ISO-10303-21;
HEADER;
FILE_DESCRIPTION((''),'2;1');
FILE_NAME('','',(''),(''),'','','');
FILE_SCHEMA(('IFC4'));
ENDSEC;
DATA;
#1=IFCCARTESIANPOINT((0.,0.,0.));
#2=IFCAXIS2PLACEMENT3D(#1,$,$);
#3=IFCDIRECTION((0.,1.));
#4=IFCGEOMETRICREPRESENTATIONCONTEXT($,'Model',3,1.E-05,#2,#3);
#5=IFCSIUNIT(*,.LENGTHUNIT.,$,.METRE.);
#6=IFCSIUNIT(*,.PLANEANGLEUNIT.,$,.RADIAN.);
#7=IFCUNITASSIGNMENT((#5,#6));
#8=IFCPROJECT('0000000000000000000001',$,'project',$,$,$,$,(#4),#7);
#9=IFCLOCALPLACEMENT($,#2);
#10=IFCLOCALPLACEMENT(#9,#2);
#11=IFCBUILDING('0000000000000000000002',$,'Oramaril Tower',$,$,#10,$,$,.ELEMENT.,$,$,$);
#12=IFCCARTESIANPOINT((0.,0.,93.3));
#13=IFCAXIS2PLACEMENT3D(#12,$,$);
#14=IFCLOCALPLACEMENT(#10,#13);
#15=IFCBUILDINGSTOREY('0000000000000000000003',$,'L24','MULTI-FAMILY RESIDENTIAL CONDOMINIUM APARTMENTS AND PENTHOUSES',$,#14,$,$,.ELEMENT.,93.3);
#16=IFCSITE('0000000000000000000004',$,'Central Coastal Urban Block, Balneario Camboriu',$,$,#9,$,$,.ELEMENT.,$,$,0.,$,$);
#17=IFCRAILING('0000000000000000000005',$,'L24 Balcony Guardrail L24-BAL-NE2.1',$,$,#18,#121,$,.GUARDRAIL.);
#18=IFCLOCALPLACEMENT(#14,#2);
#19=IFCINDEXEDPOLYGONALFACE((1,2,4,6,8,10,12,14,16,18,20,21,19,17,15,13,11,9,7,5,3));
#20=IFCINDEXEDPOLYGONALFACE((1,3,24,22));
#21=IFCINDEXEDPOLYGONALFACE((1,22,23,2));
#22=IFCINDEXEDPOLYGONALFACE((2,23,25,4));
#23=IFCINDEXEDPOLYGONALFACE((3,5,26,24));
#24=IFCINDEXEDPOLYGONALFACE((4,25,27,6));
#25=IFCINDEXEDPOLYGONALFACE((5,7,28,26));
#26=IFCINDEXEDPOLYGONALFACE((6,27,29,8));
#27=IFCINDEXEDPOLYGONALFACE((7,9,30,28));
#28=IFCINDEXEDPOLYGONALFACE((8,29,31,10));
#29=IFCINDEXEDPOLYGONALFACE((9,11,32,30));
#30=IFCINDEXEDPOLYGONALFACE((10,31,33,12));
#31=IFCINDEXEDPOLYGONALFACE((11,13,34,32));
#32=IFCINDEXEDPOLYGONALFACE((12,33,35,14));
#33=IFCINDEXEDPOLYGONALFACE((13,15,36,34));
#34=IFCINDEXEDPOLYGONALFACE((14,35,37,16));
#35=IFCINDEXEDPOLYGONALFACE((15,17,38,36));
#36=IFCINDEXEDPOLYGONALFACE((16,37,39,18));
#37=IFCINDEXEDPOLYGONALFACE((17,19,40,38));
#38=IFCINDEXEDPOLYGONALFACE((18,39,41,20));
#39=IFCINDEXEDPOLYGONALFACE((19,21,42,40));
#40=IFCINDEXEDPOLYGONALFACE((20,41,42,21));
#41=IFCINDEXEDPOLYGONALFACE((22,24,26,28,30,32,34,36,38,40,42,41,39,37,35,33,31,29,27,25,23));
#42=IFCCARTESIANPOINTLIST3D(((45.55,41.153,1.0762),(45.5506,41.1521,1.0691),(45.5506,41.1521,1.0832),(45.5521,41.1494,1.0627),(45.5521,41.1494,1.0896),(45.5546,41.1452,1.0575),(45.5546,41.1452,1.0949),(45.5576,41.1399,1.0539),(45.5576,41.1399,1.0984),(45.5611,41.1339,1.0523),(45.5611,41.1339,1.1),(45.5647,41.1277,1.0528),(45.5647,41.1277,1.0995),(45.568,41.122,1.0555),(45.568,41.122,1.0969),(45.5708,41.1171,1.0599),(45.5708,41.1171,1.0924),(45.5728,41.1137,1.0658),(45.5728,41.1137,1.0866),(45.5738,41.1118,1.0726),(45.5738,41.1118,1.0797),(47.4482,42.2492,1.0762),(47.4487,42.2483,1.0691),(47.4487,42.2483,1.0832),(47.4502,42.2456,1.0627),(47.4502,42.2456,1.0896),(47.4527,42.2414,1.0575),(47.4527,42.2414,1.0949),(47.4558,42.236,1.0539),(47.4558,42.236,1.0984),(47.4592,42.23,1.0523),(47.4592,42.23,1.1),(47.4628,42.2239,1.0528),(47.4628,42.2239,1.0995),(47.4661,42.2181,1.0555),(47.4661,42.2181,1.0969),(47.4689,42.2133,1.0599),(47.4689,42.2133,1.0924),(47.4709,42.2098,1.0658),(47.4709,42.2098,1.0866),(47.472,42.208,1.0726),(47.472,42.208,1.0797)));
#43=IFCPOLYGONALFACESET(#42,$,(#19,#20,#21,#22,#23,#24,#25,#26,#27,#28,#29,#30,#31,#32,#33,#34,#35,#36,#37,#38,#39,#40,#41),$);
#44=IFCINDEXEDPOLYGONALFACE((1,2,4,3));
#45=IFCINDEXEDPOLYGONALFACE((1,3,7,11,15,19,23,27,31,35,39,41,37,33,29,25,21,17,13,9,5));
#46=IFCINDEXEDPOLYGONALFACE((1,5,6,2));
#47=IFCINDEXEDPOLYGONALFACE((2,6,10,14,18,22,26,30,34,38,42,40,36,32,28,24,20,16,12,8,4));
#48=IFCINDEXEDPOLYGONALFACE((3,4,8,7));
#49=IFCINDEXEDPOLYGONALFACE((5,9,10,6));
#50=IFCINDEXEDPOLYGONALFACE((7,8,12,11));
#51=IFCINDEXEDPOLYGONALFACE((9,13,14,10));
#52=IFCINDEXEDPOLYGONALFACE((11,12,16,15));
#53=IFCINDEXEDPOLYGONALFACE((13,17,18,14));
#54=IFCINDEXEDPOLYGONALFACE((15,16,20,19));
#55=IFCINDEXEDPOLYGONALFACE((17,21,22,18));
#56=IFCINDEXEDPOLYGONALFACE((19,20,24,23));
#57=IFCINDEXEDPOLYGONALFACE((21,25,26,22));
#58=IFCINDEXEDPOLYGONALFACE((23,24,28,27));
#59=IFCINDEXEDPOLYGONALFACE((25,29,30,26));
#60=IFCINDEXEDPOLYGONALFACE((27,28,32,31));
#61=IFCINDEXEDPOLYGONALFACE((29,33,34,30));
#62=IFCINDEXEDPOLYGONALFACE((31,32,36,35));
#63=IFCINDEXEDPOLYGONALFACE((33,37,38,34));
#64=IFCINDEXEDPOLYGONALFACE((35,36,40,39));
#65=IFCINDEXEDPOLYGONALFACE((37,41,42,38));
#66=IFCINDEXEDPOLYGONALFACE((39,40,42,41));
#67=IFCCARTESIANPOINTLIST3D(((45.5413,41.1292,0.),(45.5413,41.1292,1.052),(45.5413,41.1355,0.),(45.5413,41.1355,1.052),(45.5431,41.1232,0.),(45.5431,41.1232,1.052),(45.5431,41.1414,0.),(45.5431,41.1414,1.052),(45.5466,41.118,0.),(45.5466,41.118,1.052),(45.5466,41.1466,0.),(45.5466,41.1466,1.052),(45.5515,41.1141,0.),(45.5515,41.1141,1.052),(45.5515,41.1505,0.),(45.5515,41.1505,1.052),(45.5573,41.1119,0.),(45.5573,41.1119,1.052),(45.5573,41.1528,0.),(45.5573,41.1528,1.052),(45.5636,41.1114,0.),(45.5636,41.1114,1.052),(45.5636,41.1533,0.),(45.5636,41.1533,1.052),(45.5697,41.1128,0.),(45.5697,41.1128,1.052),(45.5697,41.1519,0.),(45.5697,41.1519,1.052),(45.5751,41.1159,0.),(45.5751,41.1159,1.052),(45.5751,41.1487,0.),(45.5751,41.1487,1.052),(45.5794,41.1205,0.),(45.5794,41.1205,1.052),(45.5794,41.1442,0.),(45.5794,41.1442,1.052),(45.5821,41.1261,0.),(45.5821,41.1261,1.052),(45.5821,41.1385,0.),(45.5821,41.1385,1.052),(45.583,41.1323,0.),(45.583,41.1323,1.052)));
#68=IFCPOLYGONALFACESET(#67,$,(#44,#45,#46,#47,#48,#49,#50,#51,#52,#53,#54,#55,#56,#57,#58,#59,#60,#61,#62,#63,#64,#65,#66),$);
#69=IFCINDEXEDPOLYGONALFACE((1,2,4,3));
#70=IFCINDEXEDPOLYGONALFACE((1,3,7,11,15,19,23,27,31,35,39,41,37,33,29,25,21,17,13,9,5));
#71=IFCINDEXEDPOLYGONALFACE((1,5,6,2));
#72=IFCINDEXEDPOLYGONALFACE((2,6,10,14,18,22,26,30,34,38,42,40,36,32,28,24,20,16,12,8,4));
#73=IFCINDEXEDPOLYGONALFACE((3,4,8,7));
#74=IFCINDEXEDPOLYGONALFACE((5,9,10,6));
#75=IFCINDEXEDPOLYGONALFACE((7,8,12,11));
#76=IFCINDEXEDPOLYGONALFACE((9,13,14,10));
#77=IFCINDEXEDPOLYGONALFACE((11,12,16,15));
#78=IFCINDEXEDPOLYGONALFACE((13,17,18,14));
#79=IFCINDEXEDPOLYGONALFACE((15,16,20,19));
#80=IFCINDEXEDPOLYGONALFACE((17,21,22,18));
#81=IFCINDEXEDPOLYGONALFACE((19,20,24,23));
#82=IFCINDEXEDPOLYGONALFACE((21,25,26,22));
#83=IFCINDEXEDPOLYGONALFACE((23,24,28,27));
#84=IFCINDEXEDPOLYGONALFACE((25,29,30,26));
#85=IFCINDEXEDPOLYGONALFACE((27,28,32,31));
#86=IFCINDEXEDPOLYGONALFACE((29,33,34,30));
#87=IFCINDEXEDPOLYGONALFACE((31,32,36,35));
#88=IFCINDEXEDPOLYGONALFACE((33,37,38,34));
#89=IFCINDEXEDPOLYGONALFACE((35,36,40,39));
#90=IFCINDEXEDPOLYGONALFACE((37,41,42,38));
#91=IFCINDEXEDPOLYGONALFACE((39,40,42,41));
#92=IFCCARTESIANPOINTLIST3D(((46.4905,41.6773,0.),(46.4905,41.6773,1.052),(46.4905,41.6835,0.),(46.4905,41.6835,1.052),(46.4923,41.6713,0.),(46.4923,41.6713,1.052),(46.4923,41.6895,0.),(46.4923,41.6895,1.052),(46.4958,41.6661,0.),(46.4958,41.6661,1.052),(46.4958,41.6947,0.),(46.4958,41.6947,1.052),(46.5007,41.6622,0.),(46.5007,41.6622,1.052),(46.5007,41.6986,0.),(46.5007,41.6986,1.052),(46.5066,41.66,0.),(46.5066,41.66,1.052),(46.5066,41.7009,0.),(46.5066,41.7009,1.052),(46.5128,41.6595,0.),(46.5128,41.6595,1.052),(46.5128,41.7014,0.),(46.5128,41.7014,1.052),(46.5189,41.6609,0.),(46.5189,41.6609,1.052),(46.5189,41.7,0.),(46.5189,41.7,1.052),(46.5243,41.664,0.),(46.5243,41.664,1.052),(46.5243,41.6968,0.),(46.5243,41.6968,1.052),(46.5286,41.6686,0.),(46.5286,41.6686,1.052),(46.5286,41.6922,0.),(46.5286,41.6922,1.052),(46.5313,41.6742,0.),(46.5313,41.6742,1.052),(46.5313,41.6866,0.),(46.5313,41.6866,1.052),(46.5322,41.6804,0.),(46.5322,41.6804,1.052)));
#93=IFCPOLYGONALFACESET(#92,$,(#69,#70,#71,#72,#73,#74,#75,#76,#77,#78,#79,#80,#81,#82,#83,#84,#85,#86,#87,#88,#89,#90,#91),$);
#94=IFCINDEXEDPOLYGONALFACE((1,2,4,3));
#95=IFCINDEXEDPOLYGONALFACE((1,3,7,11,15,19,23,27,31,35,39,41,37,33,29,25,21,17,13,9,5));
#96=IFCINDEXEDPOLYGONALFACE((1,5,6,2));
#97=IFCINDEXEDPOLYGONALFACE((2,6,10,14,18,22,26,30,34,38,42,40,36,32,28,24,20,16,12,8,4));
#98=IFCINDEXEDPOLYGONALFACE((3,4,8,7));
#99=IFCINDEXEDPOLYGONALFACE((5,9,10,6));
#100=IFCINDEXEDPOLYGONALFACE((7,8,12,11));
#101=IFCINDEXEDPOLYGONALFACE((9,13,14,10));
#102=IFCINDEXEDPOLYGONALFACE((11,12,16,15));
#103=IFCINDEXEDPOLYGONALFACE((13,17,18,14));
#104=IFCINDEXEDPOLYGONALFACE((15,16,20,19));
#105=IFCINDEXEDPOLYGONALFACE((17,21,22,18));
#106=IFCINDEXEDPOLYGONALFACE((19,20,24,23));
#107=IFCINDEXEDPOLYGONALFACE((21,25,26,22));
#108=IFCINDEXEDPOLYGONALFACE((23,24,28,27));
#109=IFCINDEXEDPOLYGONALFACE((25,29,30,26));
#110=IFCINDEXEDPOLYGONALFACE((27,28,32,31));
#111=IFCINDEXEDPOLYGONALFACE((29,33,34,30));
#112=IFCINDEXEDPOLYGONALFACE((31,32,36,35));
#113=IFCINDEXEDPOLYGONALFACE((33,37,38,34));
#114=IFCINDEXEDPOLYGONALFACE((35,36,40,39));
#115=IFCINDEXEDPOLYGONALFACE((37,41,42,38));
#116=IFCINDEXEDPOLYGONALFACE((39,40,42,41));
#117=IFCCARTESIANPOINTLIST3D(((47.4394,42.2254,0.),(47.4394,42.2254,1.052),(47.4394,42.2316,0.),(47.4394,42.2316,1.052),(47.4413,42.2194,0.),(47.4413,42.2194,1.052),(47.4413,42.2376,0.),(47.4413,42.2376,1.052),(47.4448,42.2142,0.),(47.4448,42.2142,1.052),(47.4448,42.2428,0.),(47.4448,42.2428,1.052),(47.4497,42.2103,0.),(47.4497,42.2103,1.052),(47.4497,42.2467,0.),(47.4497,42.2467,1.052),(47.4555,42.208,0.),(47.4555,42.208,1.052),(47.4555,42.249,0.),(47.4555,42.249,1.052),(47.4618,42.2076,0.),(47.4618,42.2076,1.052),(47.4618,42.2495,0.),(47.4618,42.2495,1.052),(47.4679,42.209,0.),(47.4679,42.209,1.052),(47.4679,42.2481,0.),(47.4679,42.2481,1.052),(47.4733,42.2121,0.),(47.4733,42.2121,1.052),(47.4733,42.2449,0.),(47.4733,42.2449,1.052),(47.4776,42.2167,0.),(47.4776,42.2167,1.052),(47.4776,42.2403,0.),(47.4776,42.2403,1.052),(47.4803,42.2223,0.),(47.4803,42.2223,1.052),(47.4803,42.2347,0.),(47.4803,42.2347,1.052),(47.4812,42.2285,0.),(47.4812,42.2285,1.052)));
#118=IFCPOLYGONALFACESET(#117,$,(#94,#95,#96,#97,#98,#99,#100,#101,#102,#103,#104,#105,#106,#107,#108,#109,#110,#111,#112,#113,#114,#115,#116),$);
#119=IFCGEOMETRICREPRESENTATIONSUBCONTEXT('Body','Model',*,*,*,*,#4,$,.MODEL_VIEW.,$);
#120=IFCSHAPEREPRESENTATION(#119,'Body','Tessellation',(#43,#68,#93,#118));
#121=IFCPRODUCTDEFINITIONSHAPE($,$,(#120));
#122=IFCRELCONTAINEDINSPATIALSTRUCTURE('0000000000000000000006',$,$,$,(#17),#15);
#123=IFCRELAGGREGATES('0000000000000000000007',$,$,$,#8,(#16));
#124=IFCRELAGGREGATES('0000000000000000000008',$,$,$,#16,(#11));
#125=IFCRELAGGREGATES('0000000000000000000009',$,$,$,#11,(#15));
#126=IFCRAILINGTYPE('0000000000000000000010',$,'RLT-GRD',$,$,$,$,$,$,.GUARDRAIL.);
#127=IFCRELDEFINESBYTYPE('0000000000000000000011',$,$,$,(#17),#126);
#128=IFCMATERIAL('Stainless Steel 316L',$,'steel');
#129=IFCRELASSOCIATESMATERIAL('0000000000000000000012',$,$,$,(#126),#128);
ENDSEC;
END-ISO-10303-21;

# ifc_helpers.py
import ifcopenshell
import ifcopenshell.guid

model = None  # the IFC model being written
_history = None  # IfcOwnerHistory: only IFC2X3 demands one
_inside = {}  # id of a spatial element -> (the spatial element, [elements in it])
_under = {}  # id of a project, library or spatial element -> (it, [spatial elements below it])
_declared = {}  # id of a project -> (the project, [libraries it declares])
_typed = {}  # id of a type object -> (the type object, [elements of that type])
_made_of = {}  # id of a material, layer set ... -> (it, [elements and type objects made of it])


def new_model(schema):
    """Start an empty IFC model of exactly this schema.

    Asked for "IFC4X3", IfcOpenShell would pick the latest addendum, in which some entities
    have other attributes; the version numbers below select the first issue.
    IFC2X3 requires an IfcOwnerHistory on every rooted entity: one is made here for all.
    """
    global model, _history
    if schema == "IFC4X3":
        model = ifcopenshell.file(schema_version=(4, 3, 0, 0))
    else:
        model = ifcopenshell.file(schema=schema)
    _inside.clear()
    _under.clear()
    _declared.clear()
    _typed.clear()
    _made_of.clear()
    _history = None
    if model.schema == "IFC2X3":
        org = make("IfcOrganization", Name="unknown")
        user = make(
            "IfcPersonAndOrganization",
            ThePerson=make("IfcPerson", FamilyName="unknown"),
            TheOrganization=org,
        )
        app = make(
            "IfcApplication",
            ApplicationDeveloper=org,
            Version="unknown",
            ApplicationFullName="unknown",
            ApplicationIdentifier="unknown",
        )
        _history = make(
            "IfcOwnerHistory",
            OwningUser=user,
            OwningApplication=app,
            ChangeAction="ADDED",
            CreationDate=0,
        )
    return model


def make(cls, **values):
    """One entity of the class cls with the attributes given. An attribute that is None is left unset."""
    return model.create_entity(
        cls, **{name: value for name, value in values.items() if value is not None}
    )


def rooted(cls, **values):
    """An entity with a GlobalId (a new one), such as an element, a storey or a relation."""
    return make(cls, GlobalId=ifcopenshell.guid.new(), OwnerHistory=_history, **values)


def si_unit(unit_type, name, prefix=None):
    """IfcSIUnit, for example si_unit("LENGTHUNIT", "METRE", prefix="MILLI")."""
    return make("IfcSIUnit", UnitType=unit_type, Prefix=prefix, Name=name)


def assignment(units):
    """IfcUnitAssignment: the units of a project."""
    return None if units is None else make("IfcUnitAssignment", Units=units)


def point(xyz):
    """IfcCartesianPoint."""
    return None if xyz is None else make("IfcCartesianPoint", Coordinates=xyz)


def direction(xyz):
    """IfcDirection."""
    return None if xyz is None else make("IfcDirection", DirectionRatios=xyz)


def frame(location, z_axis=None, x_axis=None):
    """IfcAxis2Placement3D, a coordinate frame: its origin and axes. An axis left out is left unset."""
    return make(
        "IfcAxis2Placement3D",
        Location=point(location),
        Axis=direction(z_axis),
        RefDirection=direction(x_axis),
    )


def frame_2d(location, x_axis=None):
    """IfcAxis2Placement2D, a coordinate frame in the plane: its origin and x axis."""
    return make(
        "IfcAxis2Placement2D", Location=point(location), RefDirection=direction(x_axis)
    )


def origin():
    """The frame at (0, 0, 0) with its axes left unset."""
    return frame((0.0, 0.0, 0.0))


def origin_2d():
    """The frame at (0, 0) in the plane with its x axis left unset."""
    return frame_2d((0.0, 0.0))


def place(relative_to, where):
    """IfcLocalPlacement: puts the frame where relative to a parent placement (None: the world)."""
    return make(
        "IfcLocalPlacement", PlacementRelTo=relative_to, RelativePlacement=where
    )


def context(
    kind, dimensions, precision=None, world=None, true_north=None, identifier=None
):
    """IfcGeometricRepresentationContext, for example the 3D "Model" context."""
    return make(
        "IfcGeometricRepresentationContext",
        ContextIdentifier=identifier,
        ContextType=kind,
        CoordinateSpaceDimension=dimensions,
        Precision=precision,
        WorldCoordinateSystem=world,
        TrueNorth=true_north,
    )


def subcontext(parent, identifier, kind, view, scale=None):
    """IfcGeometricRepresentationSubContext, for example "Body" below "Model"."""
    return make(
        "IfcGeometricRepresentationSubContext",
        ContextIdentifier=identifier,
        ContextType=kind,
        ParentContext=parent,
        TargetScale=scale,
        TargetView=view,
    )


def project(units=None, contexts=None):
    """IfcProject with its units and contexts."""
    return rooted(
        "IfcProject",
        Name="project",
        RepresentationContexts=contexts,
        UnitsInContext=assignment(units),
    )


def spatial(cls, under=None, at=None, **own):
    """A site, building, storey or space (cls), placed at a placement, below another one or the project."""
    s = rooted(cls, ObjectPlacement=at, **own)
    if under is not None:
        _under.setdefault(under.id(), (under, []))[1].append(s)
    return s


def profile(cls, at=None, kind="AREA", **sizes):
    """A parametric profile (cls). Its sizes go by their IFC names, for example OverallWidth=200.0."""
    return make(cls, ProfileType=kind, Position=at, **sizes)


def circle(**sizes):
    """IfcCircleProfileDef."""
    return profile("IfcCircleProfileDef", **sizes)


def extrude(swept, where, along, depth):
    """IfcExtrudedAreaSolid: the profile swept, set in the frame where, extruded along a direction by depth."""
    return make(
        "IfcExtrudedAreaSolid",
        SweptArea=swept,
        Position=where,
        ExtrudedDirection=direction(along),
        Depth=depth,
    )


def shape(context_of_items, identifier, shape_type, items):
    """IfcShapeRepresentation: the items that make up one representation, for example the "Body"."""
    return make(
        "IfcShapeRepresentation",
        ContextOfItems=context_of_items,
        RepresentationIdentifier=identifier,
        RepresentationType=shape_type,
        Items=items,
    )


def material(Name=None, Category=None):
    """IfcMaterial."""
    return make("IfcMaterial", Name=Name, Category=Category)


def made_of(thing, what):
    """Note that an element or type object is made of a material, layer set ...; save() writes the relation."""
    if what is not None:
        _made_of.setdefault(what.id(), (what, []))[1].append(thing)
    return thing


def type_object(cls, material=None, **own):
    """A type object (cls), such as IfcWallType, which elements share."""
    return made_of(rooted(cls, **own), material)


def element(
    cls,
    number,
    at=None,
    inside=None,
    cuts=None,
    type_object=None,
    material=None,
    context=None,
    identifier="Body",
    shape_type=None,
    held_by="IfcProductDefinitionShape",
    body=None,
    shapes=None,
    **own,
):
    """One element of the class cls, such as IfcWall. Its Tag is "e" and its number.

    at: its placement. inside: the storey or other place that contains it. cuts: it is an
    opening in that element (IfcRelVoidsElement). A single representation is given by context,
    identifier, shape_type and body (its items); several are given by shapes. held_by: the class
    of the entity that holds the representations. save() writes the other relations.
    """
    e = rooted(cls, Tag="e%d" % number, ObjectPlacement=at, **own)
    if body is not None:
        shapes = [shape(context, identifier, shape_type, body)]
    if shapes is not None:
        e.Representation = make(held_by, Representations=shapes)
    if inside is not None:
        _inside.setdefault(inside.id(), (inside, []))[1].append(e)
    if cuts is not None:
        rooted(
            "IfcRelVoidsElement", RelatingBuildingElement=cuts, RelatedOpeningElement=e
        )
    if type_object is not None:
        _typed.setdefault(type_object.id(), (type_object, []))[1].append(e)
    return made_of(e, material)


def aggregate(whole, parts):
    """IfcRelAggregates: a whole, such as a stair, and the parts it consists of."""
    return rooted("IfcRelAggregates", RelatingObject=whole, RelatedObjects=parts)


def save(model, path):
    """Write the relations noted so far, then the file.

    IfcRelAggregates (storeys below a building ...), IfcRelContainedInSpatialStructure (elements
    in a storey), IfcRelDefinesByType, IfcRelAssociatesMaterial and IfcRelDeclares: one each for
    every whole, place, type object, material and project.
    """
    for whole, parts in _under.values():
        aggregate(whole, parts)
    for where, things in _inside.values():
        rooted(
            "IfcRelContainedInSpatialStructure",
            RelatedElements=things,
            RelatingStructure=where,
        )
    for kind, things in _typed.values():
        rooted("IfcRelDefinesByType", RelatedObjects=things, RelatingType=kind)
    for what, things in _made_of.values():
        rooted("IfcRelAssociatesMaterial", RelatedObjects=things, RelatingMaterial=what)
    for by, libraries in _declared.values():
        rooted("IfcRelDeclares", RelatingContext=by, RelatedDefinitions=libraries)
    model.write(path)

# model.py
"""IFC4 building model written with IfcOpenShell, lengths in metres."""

from ifc_helpers import new_model, si_unit, direction, frame, origin, origin_2d, place, context, subcontext, project, spatial, circle, extrude, material, type_object, element, save


model = new_model("IFC4")

# Units and contexts
model_context = context("Model", 3, precision=1e-05, world=origin(), true_north=direction((0.0, 1.0)))
body_context = subcontext(model_context, "Body", "Model", "MODEL_VIEW")
ifc_project = project(units=[si_unit("LENGTHUNIT", "METRE"), si_unit("PLANEANGLEUNIT", "RADIAN")], contexts=[model_context])

# Site, building, storey
site_placement = place(None, origin())
site = spatial("IfcSite", under=ifc_project, at=site_placement, Name="Central Coastal Urban Block, Balneario Camboriu", CompositionType="ELEMENT", RefElevation=0.0)
building_placement = place(site_placement, origin())
building = spatial("IfcBuilding", under=site, at=building_placement, Name="Oramaril Tower", CompositionType="ELEMENT")
storey_placement = place(building_placement, frame((0.0, 0.0, 93.3)))
storey = spatial("IfcBuildingStorey", under=building, at=storey_placement, Name="L24", Description="MULTI-FAMILY RESIDENTIAL CONDOMINIUM APARTMENTS AND PENTHOUSES", CompositionType="ELEMENT", Elevation=93.3)

# Railing
ifc_material_1 = material(Name="Stainless Steel 316L", Category="steel")
railing_type = type_object("IfcRailingType", Name="RLT-GRD", PredefinedType="GUARDRAIL", material=ifc_material_1)
railing_1_placement = place(storey_placement, frame((45.562, 41.1323, 0.0)))
element("IfcRailing", 1, at=railing_1_placement, inside=storey, type_object=railing_type, Name="L24 Balcony Guardrail L24-BAL-NE2.1", PredefinedType="GUARDRAIL", context=body_context, shape_type="SweptSolid", body=[
    extrude(circle(Radius=0.0239, at=origin_2d()), frame((0.0, 0.0, 1.0762), z_axis=(0.865972, 0.500092, 0.0), x_axis=(-0.500092, 0.865972, 0.0)), (0.0, 0.0, 1.0), 2.1919),
    extrude(circle(Radius=0.021, at=origin_2d()), origin(), (0.0, 0.0, 1.0), 1.052),
    extrude(circle(Radius=0.021, at=origin_2d()), frame((0.9492, 0.5481, 0.0)), (0.0, 0.0, 1.0), 1.052),
    extrude(circle(Radius=0.021, at=origin_2d()), frame((1.8982, 1.0962, 0.0)), (0.0, 0.0, 1.0), 1.052),
])

save(model, "model.ifc")
